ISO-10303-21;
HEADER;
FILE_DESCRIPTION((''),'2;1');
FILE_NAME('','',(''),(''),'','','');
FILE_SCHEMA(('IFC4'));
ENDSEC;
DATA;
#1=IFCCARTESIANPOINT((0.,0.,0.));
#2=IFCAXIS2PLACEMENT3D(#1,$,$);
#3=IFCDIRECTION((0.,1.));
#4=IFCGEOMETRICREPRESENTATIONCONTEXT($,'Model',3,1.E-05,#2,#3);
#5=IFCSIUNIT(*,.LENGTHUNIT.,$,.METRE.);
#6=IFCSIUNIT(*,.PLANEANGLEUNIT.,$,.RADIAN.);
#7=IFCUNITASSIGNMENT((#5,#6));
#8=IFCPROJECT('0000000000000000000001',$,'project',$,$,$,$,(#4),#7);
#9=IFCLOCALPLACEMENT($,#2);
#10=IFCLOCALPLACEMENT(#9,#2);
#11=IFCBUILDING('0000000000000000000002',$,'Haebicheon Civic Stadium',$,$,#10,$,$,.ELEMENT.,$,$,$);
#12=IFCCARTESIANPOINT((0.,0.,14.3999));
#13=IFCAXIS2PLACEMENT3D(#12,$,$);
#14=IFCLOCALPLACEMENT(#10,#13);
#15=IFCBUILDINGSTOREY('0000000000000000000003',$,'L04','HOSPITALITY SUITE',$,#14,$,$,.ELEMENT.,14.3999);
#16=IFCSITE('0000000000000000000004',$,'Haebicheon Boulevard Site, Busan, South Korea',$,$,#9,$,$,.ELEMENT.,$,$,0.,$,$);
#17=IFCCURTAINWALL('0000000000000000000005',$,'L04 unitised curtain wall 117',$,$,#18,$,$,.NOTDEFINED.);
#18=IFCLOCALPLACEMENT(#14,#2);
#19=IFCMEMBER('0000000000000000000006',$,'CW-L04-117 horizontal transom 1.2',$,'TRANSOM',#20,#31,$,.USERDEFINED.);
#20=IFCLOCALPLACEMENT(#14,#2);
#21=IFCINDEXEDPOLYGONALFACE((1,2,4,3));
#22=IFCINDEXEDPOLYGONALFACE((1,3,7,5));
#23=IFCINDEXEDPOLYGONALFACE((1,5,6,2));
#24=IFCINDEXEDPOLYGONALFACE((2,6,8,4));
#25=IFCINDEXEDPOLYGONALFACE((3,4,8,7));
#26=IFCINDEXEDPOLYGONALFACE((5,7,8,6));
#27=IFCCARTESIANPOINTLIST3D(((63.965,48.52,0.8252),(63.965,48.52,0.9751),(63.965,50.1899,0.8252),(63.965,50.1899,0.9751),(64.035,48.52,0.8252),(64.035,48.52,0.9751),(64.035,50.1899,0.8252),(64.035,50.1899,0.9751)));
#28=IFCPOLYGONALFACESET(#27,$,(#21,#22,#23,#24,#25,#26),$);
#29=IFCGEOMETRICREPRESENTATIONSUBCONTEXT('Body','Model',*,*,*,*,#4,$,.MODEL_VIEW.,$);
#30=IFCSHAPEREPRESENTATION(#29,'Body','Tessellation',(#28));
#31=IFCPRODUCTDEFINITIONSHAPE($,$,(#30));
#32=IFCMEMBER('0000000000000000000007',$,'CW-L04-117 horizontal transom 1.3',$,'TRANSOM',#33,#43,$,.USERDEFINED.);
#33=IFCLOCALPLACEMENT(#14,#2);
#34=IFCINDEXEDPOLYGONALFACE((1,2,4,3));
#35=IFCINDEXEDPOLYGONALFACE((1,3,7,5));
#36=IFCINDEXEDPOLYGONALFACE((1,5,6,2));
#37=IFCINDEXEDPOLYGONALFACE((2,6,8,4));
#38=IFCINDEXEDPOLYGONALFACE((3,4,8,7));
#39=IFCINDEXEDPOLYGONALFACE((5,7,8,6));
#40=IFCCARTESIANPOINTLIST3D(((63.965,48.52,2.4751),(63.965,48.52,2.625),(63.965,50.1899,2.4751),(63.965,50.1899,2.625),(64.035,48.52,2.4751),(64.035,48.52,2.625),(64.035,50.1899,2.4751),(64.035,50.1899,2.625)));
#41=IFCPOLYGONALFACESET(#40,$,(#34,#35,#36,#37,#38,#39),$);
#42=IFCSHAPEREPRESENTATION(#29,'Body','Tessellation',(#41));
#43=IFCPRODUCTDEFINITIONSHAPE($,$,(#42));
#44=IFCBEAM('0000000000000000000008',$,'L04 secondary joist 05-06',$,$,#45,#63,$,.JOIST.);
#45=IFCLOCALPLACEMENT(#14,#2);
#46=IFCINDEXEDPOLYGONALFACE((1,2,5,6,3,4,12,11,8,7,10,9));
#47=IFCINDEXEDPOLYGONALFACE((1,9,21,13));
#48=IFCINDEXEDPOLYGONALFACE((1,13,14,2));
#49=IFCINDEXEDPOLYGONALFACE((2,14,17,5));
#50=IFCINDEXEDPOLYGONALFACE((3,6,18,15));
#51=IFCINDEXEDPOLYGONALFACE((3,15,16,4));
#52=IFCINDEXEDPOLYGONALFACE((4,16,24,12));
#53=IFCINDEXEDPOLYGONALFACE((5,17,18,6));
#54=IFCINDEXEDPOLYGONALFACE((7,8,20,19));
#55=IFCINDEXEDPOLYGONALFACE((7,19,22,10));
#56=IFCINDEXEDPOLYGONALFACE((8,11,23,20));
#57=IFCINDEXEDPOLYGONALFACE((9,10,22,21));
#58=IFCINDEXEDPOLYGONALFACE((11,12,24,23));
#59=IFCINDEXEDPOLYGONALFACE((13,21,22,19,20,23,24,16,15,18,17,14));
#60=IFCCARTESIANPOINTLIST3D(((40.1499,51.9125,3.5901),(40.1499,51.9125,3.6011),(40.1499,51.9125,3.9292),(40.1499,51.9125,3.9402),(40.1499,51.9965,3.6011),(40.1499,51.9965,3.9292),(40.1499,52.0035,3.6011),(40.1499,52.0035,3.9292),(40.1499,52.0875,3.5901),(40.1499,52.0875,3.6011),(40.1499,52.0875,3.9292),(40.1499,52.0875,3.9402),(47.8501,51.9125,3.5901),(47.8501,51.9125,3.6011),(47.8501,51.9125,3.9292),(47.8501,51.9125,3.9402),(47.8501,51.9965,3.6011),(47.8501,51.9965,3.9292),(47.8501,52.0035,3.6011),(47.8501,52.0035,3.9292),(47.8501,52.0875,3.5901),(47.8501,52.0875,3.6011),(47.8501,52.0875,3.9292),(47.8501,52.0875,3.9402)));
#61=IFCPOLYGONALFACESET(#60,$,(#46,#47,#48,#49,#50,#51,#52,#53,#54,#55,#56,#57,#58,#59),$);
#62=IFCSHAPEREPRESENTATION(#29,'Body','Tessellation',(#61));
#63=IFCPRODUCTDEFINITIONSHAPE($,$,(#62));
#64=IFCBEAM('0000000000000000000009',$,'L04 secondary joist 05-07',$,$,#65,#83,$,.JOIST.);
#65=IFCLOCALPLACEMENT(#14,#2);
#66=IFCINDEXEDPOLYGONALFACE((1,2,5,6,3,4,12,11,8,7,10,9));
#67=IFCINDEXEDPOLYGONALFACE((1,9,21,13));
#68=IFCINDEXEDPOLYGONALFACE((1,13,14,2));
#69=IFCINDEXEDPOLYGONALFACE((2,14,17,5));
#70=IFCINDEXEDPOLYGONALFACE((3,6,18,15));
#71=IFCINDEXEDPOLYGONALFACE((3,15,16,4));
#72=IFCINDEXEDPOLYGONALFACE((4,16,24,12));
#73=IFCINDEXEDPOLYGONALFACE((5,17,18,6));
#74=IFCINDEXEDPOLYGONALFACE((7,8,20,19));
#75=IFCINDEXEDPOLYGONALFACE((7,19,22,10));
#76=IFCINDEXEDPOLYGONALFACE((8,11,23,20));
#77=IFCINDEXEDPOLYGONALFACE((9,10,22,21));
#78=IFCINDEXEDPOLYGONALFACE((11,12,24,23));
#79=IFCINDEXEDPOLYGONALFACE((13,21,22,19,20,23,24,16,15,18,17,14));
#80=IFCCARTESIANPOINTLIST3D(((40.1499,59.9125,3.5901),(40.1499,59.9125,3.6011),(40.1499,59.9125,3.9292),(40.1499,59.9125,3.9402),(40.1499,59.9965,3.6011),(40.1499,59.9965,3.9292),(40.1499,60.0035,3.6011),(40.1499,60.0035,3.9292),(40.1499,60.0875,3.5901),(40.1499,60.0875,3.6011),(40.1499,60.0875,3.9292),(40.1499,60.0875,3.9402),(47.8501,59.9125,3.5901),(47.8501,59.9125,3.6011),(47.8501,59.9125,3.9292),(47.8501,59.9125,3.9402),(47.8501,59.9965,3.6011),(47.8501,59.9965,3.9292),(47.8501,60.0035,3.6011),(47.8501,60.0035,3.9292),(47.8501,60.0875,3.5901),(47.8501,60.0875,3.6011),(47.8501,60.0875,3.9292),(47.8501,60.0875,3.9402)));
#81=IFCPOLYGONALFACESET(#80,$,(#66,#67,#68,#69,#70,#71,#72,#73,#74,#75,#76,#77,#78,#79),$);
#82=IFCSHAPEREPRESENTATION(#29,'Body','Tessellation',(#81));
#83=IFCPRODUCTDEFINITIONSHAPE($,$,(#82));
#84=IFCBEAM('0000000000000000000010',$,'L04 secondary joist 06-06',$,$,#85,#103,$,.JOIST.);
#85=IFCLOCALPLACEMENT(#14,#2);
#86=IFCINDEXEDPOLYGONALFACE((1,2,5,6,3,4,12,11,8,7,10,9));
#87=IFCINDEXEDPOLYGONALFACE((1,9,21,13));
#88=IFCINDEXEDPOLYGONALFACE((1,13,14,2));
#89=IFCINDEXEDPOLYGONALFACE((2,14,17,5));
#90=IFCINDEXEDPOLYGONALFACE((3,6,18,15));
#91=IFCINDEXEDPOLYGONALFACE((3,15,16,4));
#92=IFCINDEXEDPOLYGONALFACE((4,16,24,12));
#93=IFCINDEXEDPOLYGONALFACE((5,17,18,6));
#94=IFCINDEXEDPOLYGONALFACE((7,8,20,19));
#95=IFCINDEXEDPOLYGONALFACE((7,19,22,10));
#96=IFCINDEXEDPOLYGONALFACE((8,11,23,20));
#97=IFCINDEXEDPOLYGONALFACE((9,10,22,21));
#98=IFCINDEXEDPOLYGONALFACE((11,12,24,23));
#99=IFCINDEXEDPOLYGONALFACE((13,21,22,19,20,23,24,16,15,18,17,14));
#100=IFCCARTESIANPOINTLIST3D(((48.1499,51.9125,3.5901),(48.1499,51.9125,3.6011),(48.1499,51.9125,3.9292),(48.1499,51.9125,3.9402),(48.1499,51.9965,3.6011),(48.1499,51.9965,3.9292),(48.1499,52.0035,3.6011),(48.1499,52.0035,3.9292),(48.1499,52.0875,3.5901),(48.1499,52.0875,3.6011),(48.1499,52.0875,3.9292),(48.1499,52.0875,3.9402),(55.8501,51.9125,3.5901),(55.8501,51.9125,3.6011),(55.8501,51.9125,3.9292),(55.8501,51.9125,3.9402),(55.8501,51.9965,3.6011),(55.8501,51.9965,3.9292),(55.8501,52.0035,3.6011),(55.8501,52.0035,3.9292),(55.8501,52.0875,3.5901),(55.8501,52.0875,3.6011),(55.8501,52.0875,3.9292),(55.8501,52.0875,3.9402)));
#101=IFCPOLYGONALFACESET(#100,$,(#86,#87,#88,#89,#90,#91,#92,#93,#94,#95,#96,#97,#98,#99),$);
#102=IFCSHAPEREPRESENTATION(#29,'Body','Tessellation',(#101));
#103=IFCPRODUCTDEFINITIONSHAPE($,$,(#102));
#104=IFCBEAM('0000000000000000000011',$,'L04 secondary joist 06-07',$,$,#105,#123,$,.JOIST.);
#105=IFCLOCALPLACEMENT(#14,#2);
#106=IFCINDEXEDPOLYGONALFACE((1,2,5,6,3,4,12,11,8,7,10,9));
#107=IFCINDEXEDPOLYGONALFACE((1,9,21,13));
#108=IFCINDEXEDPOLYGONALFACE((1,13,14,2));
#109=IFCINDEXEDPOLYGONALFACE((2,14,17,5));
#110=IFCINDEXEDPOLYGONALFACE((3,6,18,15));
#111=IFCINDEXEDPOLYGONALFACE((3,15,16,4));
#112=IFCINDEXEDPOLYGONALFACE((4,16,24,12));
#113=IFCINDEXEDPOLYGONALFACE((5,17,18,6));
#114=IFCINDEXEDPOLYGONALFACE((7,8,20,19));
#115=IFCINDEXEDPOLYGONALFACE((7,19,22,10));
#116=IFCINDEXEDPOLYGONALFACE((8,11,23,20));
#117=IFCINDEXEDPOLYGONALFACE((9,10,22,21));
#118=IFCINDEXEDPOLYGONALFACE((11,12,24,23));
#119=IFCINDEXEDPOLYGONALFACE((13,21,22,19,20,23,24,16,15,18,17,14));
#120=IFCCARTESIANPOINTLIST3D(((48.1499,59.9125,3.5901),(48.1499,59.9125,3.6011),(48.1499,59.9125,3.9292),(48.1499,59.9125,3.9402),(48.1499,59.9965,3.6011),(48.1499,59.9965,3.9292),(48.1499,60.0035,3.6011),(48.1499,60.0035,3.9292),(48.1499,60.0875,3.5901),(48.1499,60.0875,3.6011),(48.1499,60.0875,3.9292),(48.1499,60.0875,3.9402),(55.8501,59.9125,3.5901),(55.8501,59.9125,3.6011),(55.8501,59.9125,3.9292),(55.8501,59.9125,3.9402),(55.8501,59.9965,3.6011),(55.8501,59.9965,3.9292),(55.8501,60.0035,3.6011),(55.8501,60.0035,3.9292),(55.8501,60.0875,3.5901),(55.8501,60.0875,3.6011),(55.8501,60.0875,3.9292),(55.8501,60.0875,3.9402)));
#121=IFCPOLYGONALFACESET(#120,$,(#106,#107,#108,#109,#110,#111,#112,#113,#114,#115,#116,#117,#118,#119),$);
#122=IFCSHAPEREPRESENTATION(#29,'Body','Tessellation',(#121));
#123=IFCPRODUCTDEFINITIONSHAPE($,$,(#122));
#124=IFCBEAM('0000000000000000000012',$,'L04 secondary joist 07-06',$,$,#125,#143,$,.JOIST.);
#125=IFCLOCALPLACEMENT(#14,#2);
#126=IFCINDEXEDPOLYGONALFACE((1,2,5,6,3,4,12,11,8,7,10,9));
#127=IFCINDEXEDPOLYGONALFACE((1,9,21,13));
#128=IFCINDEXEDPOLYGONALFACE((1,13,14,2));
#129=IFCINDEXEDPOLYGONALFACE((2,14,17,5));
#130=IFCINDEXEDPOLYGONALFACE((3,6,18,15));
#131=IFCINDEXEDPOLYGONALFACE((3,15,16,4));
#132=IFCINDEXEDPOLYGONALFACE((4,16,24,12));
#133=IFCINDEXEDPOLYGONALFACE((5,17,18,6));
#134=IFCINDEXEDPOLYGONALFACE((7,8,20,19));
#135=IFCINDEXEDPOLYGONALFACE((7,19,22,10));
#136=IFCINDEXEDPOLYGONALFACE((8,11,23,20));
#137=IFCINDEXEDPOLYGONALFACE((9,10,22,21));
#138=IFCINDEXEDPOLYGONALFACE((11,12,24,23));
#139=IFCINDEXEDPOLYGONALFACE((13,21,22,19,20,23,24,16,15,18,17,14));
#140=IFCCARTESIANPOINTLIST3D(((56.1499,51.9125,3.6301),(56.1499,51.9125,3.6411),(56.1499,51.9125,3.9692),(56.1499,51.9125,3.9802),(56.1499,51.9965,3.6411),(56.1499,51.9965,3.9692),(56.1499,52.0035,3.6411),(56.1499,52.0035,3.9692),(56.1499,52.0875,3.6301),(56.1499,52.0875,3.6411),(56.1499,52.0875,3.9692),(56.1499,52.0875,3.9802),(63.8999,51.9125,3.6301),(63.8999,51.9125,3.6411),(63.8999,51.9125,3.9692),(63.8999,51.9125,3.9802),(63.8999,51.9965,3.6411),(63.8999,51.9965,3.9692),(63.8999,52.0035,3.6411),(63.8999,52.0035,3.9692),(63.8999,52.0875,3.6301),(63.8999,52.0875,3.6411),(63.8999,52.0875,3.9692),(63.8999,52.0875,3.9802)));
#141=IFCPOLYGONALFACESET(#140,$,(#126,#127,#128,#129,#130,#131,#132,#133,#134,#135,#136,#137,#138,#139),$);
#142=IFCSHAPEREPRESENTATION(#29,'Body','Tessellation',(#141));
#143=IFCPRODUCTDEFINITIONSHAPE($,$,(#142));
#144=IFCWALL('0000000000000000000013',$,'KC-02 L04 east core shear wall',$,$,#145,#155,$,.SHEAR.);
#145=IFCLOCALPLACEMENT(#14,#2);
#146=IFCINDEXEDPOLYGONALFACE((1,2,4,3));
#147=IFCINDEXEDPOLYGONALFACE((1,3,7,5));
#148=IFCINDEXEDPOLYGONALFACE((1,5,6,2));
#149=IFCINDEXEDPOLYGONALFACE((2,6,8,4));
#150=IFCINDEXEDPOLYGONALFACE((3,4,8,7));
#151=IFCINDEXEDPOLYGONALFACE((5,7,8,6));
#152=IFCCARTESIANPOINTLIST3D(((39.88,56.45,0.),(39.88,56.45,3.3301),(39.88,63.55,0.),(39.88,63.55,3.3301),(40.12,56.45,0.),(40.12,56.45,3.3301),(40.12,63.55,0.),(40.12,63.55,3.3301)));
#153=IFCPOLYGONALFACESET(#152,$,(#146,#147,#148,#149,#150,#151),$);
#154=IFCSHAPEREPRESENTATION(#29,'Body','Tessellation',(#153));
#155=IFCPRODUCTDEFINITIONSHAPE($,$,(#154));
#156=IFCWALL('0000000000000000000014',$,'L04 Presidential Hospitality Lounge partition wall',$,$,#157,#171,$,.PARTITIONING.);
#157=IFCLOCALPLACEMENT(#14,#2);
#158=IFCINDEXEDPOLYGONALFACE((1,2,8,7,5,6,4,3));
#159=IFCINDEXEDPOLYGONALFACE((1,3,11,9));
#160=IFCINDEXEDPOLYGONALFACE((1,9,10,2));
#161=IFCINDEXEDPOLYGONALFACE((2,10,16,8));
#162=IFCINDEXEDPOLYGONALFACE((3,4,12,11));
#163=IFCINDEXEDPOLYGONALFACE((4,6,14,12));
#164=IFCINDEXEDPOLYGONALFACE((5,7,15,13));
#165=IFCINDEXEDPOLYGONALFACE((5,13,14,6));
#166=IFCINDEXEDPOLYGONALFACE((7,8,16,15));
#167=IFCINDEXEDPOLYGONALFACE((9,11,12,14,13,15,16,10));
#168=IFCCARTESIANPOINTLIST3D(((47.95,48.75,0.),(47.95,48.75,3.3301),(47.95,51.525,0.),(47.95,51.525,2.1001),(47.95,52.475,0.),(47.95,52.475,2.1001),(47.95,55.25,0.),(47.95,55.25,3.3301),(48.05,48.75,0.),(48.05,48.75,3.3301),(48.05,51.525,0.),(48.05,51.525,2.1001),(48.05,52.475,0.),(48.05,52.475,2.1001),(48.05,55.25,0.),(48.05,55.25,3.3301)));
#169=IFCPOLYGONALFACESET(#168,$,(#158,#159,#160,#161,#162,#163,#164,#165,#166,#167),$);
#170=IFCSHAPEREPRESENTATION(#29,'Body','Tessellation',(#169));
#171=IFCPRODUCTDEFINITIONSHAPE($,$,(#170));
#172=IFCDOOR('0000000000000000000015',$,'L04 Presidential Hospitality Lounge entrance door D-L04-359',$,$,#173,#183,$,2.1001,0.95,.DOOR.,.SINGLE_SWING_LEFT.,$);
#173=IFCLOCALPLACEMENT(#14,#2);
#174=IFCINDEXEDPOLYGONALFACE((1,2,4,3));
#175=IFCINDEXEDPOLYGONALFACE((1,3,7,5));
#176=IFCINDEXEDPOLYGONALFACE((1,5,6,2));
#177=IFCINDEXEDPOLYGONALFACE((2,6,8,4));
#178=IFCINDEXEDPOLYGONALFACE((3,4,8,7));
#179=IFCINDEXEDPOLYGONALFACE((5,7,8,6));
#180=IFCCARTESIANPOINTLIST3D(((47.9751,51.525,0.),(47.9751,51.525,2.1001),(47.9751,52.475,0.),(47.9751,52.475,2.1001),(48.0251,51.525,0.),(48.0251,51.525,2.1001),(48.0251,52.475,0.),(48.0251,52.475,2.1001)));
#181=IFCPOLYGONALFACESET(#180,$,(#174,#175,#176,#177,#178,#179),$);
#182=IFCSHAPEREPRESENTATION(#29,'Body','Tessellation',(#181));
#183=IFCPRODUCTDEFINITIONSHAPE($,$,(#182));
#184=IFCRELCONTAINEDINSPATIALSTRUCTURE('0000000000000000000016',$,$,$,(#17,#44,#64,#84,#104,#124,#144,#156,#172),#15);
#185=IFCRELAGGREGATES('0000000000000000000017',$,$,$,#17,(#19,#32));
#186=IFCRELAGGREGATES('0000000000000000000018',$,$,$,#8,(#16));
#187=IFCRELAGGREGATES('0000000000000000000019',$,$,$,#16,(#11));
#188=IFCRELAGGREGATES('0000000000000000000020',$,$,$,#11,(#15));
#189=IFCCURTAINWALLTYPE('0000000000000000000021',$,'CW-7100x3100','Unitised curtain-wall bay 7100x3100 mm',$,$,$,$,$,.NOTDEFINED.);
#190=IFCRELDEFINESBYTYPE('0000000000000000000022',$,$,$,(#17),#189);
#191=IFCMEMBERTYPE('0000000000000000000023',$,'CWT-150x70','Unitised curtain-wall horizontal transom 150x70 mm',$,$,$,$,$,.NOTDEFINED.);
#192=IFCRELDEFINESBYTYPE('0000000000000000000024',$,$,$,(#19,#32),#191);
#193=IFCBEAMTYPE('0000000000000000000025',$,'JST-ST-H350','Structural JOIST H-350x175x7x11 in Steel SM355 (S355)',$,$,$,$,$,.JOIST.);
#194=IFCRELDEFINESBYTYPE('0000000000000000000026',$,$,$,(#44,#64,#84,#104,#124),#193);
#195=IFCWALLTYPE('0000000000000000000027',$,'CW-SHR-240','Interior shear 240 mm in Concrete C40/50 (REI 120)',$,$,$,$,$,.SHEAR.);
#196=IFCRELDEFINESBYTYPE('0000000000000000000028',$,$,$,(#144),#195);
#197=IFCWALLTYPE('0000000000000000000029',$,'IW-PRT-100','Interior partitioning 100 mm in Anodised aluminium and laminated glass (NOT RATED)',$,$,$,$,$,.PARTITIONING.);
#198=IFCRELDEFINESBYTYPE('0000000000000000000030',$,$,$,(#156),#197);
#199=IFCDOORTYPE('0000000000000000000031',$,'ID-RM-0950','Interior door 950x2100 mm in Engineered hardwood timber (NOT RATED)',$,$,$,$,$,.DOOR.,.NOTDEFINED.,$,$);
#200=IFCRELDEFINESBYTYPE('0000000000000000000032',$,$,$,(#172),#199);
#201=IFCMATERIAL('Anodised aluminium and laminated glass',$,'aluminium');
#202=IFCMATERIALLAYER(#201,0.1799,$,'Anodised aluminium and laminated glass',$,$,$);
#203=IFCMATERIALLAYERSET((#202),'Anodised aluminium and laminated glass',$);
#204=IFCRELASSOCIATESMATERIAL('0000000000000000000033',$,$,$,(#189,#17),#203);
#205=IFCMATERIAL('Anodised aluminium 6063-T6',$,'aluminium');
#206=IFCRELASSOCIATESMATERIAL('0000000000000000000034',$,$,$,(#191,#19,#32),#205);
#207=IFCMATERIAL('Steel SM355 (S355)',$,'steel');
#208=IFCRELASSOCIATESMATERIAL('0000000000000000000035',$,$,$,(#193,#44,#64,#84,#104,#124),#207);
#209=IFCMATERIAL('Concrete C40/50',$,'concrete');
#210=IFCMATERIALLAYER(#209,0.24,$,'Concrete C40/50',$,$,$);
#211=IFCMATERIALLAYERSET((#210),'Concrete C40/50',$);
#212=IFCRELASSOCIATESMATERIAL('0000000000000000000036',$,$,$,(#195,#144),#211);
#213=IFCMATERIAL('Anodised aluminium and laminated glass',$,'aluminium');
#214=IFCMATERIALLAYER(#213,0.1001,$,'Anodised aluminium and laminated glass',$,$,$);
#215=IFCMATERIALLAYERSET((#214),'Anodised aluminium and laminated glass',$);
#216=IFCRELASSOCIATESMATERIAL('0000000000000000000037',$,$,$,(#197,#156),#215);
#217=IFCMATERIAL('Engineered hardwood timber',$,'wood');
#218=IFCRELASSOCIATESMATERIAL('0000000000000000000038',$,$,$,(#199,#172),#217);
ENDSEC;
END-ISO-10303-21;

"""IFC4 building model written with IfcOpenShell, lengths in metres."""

from ifc_helpers import new_model, si_unit, direction, frame, frame_2d, origin, origin_2d, place, context, subcontext, project, spatial, rectangle, i_section, extrude, material, layer, layer_set, material_profile, profile_set, type_object, element, fill, aggregate, save


model = new_model("IFC4")

# Units and contexts
model_context = context("Model", 3, precision=1e-05, world=origin(), true_north=direction((0.0, 1.0)))
body_context = subcontext(model_context, "Body", "Model", "MODEL_VIEW")
ifc_project = project(units=[si_unit("LENGTHUNIT", "METRE"), si_unit("PLANEANGLEUNIT", "RADIAN")], contexts=[model_context])

# Site, building, storey
site_placement = place(None, origin())
site = spatial("IfcSite", under=ifc_project, at=site_placement, Name="Haebicheon Boulevard Site, Busan, South Korea", CompositionType="ELEMENT", RefElevation=0.0)
building_placement = place(site_placement, origin())
building = spatial("IfcBuilding", under=site, at=building_placement, Name="Haebicheon Civic Stadium", CompositionType="ELEMENT")
storey_placement = place(building_placement, frame((0.0, 0.0, 14.3999)))
storey = spatial("IfcBuildingStorey", under=building, at=storey_placement, Name="L04", Description="HOSPITALITY SUITE", CompositionType="ELEMENT", Elevation=14.3999)

# Curtain wall, members
ifc_material_1 = material(Name="Anodised aluminium and laminated glass", Category="aluminium")
ifc_layer_1 = layer(ifc_material_1, 0.1799, Name="Anodised aluminium and laminated glass")
ifc_layer_set_1 = layer_set([ifc_layer_1], Name="Anodised aluminium and laminated glass")
curtain_wall_type = type_object("IfcCurtainWallType", Name="CW-7100x3100", Description="Unitised curtain-wall bay 7100x3100 mm", PredefinedType="NOTDEFINED", material=ifc_layer_set_1)
curtain_wall_placement = place(storey_placement, origin())
curtain_wall = element("IfcCurtainWall", 1, at=curtain_wall_placement, inside=storey, type_object=curtain_wall_type, material=ifc_layer_set_1, Name="L04 unitised curtain wall 117", PredefinedType="NOTDEFINED")
ifc_material_2 = material(Name="Anodised aluminium 6063-T6", Category="aluminium")
ifc_material_profile_1 = material_profile(ifc_material_2, rectangle(XDim=0.0701, YDim=0.1499, at=origin_2d()), Name="ALU-TRAN-70x150")
ifc_profile_set_1 = profile_set([ifc_material_profile_1], Name="Anodised aluminium 6063-T6")
member_type_1 = type_object("IfcMemberType", Name="CWT-150x70", Description="Unitised curtain-wall horizontal transom 150x70 mm", PredefinedType="NOTDEFINED", material=ifc_profile_set_1)
member_1_placement = place(storey_placement, frame((64.0, 48.52, 0.9001), z_axis=(0.0, 1.0, 0.0), x_axis=(-1.0, 0.0, 0.0)))
member_1 = element("IfcMember", 2, at=member_1_placement, type_object=member_type_1, material=ifc_profile_set_1, Name="CW-L04-117 horizontal transom 1.2", ObjectType="TRANSOM", PredefinedType="USERDEFINED", context=body_context, shape_type="SweptSolid", body=[
    extrude(rectangle(XDim=0.0701, YDim=0.1499, at=origin_2d()), origin(), (0.0, 0.0, 1.0), 1.6699),
])
member_2_placement = place(storey_placement, frame((64.0, 48.52, 2.55), z_axis=(0.0, 1.0, 0.0), x_axis=(-1.0, 0.0, 0.0)))
member_2 = element("IfcMember", 3, at=member_2_placement, type_object=member_type_1, material=ifc_profile_set_1, Name="CW-L04-117 horizontal transom 1.3", ObjectType="TRANSOM", PredefinedType="USERDEFINED", context=body_context, shape_type="SweptSolid", body=[
    extrude(rectangle(XDim=0.0701, YDim=0.1499, at=origin_2d()), origin(), (0.0, 0.0, 1.0), 1.6699),
])
aggregate(curtain_wall, [member_1, member_2])

# Beams
ifc_material_3 = material(Name="Steel SM355 (S355)", Category="steel")
ifc_material_profile_2 = material_profile(ifc_material_3, i_section(OverallWidth=0.175, OverallDepth=0.3501, WebThickness=0.0071, FlangeThickness=0.011, at=origin_2d()), Name="H-350x175x7x11")
ifc_profile_set_2 = profile_set([ifc_material_profile_2], Name="Steel SM355 (S355)")
beam_type_1 = type_object("IfcBeamType", Name="JST-ST-H350", Description="Structural JOIST H-350x175x7x11 in Steel SM355 (S355)", PredefinedType="JOIST", material=ifc_profile_set_2)
for number, where, z_axis, x_axis, name in (
    (4, (40.1499, 52.0, 3.7651), (1.0, 0.0, 0.0), (0.0, 1.0, 0.0), "L04 secondary joist 05-06"),
    (5, (40.1499, 60.0, 3.7651), (1.0, 0.0, 0.0), (0.0, 1.0, 0.0), "L04 secondary joist 05-07"),
    (6, (48.1499, 52.0, 3.7651), (1.0, 0.0, 0.0), (0.0, 1.0, 0.0), "L04 secondary joist 06-06"),
    (7, (48.1499, 60.0, 3.7651), (1.0, 0.0, 0.0), (0.0, 1.0, 0.0), "L04 secondary joist 06-07"),
):
    element("IfcBeam", number, at=place(storey_placement, frame(where, z_axis=z_axis, x_axis=x_axis)), inside=storey, type_object=beam_type_1, material=ifc_profile_set_2, Name=name, PredefinedType="JOIST", context=body_context, shape_type="SweptSolid", body=[
        extrude(i_section(OverallWidth=0.175, OverallDepth=0.3501, WebThickness=0.0071, FlangeThickness=0.011, at=origin_2d()), origin(), (0.0, 0.0, 1.0), 7.7002),
    ])
beam_placement = place(storey_placement, frame((56.1499, 52.0, 3.8052), z_axis=(1.0, 0.0, 0.0), x_axis=(0.0, 1.0, 0.0)))
element("IfcBeam", 8, at=beam_placement, inside=storey, type_object=beam_type_1, material=ifc_profile_set_2, Name="L04 secondary joist 07-06", PredefinedType="JOIST", context=body_context, shape_type="SweptSolid", body=[
    extrude(i_section(OverallWidth=0.175, OverallDepth=0.3501, WebThickness=0.0071, FlangeThickness=0.011, at=origin_2d()), origin(), (0.0, 0.0, 1.0), 7.75),
])

# Wall
ifc_material_4 = material(Name="Concrete C40/50", Category="concrete")
ifc_layer_2 = layer(ifc_material_4, 0.24, Name="Concrete C40/50")
ifc_layer_set_2 = layer_set([ifc_layer_2], Name="Concrete C40/50")
wall_type_1 = type_object("IfcWallType", Name="CW-SHR-240", Description="Interior shear 240 mm in Concrete C40/50 (REI 120)", PredefinedType="SHEAR", material=ifc_layer_set_2)
wall_1_placement = place(storey_placement, frame((40.0, 56.45, 0.0), z_axis=(0.0, 0.0, 1.0), x_axis=(0.0, 1.0, 0.0)))
element("IfcWall", 9, at=wall_1_placement, inside=storey, type_object=wall_type_1, material=ifc_layer_set_2, Name="KC-02 L04 east core shear wall", PredefinedType="SHEAR", context=body_context, shape_type="SweptSolid", body=[
    extrude(rectangle(XDim=7.1001, YDim=0.24, at=frame_2d((3.55, 0.0))), origin(), (0.0, 0.0, 1.0), 3.3301),
])

# Wall, opening, door
ifc_material_5 = material(Name="Anodised aluminium and laminated glass", Category="aluminium")
ifc_layer_3 = layer(ifc_material_5, 0.1001, Name="Anodised aluminium and laminated glass")
ifc_layer_set_3 = layer_set([ifc_layer_3], Name="Anodised aluminium and laminated glass")
wall_type_2 = type_object("IfcWallType", Name="IW-PRT-100", Description="Interior partitioning 100 mm in Anodised aluminium and laminated glass (NOT RATED)", PredefinedType="PARTITIONING", material=ifc_layer_set_3)
wall_2_placement = place(storey_placement, frame((48.0, 48.75, 0.0), z_axis=(0.0, 0.0, 1.0), x_axis=(0.0, 1.0, 0.0)))
wall_2 = element("IfcWall", 10, at=wall_2_placement, inside=storey, type_object=wall_type_2, material=ifc_layer_set_3, Name="L04 Presidential Hospitality Lounge partition wall", PredefinedType="PARTITIONING", context=body_context, shape_type="SweptSolid", body=[
    extrude(rectangle(XDim=6.5, YDim=0.1001, at=frame_2d((3.25, 0.0))), origin(), (0.0, 0.0, 1.0), 3.3301),
])
opening_placement = place(wall_2_placement, frame((2.7749, 0.0, 0.0)))
opening = element("IfcOpeningElement", 11, at=opening_placement, cuts=wall_2, PredefinedType="OPENING", context=body_context, shape_type="SweptSolid", body=[
    extrude(rectangle(XDim=0.95, YDim=2.1001, at=frame_2d((0.4751, 1.05))), frame((0.0, 0.0601, 0.0), z_axis=(0.0, -1.0, 0.0), x_axis=(1.0, 0.0, 0.0)), (0.0, 0.0, 1.0), 0.1201),
])
ifc_material_6 = material(Name="Engineered hardwood timber", Category="wood")
door_type = type_object("IfcDoorType", Name="ID-RM-0950", Description="Interior door 950x2100 mm in Engineered hardwood timber (NOT RATED)", OperationType="NOTDEFINED", PredefinedType="DOOR", material=ifc_material_6)
door_placement = place(opening_placement, origin())
door = element("IfcDoor", 12, at=door_placement, inside=storey, type_object=door_type, material=ifc_material_6, Name="L04 Presidential Hospitality Lounge entrance door D-L04-359", OperationType="SINGLE_SWING_LEFT", OverallHeight=2.1001, OverallWidth=0.95, PredefinedType="DOOR", context=body_context, shape_type="SweptSolid", body=[
    extrude(rectangle(XDim=0.95, YDim=2.1001, at=frame_2d((0.4751, 1.05))), frame((0.0, 0.0249, 0.0), z_axis=(0.0, -1.0, 0.0), x_axis=(1.0, 0.0, 0.0)), (0.0, 0.0, 1.0), 0.05),
])
fill(opening, door)

save(model, "model.ifc")
